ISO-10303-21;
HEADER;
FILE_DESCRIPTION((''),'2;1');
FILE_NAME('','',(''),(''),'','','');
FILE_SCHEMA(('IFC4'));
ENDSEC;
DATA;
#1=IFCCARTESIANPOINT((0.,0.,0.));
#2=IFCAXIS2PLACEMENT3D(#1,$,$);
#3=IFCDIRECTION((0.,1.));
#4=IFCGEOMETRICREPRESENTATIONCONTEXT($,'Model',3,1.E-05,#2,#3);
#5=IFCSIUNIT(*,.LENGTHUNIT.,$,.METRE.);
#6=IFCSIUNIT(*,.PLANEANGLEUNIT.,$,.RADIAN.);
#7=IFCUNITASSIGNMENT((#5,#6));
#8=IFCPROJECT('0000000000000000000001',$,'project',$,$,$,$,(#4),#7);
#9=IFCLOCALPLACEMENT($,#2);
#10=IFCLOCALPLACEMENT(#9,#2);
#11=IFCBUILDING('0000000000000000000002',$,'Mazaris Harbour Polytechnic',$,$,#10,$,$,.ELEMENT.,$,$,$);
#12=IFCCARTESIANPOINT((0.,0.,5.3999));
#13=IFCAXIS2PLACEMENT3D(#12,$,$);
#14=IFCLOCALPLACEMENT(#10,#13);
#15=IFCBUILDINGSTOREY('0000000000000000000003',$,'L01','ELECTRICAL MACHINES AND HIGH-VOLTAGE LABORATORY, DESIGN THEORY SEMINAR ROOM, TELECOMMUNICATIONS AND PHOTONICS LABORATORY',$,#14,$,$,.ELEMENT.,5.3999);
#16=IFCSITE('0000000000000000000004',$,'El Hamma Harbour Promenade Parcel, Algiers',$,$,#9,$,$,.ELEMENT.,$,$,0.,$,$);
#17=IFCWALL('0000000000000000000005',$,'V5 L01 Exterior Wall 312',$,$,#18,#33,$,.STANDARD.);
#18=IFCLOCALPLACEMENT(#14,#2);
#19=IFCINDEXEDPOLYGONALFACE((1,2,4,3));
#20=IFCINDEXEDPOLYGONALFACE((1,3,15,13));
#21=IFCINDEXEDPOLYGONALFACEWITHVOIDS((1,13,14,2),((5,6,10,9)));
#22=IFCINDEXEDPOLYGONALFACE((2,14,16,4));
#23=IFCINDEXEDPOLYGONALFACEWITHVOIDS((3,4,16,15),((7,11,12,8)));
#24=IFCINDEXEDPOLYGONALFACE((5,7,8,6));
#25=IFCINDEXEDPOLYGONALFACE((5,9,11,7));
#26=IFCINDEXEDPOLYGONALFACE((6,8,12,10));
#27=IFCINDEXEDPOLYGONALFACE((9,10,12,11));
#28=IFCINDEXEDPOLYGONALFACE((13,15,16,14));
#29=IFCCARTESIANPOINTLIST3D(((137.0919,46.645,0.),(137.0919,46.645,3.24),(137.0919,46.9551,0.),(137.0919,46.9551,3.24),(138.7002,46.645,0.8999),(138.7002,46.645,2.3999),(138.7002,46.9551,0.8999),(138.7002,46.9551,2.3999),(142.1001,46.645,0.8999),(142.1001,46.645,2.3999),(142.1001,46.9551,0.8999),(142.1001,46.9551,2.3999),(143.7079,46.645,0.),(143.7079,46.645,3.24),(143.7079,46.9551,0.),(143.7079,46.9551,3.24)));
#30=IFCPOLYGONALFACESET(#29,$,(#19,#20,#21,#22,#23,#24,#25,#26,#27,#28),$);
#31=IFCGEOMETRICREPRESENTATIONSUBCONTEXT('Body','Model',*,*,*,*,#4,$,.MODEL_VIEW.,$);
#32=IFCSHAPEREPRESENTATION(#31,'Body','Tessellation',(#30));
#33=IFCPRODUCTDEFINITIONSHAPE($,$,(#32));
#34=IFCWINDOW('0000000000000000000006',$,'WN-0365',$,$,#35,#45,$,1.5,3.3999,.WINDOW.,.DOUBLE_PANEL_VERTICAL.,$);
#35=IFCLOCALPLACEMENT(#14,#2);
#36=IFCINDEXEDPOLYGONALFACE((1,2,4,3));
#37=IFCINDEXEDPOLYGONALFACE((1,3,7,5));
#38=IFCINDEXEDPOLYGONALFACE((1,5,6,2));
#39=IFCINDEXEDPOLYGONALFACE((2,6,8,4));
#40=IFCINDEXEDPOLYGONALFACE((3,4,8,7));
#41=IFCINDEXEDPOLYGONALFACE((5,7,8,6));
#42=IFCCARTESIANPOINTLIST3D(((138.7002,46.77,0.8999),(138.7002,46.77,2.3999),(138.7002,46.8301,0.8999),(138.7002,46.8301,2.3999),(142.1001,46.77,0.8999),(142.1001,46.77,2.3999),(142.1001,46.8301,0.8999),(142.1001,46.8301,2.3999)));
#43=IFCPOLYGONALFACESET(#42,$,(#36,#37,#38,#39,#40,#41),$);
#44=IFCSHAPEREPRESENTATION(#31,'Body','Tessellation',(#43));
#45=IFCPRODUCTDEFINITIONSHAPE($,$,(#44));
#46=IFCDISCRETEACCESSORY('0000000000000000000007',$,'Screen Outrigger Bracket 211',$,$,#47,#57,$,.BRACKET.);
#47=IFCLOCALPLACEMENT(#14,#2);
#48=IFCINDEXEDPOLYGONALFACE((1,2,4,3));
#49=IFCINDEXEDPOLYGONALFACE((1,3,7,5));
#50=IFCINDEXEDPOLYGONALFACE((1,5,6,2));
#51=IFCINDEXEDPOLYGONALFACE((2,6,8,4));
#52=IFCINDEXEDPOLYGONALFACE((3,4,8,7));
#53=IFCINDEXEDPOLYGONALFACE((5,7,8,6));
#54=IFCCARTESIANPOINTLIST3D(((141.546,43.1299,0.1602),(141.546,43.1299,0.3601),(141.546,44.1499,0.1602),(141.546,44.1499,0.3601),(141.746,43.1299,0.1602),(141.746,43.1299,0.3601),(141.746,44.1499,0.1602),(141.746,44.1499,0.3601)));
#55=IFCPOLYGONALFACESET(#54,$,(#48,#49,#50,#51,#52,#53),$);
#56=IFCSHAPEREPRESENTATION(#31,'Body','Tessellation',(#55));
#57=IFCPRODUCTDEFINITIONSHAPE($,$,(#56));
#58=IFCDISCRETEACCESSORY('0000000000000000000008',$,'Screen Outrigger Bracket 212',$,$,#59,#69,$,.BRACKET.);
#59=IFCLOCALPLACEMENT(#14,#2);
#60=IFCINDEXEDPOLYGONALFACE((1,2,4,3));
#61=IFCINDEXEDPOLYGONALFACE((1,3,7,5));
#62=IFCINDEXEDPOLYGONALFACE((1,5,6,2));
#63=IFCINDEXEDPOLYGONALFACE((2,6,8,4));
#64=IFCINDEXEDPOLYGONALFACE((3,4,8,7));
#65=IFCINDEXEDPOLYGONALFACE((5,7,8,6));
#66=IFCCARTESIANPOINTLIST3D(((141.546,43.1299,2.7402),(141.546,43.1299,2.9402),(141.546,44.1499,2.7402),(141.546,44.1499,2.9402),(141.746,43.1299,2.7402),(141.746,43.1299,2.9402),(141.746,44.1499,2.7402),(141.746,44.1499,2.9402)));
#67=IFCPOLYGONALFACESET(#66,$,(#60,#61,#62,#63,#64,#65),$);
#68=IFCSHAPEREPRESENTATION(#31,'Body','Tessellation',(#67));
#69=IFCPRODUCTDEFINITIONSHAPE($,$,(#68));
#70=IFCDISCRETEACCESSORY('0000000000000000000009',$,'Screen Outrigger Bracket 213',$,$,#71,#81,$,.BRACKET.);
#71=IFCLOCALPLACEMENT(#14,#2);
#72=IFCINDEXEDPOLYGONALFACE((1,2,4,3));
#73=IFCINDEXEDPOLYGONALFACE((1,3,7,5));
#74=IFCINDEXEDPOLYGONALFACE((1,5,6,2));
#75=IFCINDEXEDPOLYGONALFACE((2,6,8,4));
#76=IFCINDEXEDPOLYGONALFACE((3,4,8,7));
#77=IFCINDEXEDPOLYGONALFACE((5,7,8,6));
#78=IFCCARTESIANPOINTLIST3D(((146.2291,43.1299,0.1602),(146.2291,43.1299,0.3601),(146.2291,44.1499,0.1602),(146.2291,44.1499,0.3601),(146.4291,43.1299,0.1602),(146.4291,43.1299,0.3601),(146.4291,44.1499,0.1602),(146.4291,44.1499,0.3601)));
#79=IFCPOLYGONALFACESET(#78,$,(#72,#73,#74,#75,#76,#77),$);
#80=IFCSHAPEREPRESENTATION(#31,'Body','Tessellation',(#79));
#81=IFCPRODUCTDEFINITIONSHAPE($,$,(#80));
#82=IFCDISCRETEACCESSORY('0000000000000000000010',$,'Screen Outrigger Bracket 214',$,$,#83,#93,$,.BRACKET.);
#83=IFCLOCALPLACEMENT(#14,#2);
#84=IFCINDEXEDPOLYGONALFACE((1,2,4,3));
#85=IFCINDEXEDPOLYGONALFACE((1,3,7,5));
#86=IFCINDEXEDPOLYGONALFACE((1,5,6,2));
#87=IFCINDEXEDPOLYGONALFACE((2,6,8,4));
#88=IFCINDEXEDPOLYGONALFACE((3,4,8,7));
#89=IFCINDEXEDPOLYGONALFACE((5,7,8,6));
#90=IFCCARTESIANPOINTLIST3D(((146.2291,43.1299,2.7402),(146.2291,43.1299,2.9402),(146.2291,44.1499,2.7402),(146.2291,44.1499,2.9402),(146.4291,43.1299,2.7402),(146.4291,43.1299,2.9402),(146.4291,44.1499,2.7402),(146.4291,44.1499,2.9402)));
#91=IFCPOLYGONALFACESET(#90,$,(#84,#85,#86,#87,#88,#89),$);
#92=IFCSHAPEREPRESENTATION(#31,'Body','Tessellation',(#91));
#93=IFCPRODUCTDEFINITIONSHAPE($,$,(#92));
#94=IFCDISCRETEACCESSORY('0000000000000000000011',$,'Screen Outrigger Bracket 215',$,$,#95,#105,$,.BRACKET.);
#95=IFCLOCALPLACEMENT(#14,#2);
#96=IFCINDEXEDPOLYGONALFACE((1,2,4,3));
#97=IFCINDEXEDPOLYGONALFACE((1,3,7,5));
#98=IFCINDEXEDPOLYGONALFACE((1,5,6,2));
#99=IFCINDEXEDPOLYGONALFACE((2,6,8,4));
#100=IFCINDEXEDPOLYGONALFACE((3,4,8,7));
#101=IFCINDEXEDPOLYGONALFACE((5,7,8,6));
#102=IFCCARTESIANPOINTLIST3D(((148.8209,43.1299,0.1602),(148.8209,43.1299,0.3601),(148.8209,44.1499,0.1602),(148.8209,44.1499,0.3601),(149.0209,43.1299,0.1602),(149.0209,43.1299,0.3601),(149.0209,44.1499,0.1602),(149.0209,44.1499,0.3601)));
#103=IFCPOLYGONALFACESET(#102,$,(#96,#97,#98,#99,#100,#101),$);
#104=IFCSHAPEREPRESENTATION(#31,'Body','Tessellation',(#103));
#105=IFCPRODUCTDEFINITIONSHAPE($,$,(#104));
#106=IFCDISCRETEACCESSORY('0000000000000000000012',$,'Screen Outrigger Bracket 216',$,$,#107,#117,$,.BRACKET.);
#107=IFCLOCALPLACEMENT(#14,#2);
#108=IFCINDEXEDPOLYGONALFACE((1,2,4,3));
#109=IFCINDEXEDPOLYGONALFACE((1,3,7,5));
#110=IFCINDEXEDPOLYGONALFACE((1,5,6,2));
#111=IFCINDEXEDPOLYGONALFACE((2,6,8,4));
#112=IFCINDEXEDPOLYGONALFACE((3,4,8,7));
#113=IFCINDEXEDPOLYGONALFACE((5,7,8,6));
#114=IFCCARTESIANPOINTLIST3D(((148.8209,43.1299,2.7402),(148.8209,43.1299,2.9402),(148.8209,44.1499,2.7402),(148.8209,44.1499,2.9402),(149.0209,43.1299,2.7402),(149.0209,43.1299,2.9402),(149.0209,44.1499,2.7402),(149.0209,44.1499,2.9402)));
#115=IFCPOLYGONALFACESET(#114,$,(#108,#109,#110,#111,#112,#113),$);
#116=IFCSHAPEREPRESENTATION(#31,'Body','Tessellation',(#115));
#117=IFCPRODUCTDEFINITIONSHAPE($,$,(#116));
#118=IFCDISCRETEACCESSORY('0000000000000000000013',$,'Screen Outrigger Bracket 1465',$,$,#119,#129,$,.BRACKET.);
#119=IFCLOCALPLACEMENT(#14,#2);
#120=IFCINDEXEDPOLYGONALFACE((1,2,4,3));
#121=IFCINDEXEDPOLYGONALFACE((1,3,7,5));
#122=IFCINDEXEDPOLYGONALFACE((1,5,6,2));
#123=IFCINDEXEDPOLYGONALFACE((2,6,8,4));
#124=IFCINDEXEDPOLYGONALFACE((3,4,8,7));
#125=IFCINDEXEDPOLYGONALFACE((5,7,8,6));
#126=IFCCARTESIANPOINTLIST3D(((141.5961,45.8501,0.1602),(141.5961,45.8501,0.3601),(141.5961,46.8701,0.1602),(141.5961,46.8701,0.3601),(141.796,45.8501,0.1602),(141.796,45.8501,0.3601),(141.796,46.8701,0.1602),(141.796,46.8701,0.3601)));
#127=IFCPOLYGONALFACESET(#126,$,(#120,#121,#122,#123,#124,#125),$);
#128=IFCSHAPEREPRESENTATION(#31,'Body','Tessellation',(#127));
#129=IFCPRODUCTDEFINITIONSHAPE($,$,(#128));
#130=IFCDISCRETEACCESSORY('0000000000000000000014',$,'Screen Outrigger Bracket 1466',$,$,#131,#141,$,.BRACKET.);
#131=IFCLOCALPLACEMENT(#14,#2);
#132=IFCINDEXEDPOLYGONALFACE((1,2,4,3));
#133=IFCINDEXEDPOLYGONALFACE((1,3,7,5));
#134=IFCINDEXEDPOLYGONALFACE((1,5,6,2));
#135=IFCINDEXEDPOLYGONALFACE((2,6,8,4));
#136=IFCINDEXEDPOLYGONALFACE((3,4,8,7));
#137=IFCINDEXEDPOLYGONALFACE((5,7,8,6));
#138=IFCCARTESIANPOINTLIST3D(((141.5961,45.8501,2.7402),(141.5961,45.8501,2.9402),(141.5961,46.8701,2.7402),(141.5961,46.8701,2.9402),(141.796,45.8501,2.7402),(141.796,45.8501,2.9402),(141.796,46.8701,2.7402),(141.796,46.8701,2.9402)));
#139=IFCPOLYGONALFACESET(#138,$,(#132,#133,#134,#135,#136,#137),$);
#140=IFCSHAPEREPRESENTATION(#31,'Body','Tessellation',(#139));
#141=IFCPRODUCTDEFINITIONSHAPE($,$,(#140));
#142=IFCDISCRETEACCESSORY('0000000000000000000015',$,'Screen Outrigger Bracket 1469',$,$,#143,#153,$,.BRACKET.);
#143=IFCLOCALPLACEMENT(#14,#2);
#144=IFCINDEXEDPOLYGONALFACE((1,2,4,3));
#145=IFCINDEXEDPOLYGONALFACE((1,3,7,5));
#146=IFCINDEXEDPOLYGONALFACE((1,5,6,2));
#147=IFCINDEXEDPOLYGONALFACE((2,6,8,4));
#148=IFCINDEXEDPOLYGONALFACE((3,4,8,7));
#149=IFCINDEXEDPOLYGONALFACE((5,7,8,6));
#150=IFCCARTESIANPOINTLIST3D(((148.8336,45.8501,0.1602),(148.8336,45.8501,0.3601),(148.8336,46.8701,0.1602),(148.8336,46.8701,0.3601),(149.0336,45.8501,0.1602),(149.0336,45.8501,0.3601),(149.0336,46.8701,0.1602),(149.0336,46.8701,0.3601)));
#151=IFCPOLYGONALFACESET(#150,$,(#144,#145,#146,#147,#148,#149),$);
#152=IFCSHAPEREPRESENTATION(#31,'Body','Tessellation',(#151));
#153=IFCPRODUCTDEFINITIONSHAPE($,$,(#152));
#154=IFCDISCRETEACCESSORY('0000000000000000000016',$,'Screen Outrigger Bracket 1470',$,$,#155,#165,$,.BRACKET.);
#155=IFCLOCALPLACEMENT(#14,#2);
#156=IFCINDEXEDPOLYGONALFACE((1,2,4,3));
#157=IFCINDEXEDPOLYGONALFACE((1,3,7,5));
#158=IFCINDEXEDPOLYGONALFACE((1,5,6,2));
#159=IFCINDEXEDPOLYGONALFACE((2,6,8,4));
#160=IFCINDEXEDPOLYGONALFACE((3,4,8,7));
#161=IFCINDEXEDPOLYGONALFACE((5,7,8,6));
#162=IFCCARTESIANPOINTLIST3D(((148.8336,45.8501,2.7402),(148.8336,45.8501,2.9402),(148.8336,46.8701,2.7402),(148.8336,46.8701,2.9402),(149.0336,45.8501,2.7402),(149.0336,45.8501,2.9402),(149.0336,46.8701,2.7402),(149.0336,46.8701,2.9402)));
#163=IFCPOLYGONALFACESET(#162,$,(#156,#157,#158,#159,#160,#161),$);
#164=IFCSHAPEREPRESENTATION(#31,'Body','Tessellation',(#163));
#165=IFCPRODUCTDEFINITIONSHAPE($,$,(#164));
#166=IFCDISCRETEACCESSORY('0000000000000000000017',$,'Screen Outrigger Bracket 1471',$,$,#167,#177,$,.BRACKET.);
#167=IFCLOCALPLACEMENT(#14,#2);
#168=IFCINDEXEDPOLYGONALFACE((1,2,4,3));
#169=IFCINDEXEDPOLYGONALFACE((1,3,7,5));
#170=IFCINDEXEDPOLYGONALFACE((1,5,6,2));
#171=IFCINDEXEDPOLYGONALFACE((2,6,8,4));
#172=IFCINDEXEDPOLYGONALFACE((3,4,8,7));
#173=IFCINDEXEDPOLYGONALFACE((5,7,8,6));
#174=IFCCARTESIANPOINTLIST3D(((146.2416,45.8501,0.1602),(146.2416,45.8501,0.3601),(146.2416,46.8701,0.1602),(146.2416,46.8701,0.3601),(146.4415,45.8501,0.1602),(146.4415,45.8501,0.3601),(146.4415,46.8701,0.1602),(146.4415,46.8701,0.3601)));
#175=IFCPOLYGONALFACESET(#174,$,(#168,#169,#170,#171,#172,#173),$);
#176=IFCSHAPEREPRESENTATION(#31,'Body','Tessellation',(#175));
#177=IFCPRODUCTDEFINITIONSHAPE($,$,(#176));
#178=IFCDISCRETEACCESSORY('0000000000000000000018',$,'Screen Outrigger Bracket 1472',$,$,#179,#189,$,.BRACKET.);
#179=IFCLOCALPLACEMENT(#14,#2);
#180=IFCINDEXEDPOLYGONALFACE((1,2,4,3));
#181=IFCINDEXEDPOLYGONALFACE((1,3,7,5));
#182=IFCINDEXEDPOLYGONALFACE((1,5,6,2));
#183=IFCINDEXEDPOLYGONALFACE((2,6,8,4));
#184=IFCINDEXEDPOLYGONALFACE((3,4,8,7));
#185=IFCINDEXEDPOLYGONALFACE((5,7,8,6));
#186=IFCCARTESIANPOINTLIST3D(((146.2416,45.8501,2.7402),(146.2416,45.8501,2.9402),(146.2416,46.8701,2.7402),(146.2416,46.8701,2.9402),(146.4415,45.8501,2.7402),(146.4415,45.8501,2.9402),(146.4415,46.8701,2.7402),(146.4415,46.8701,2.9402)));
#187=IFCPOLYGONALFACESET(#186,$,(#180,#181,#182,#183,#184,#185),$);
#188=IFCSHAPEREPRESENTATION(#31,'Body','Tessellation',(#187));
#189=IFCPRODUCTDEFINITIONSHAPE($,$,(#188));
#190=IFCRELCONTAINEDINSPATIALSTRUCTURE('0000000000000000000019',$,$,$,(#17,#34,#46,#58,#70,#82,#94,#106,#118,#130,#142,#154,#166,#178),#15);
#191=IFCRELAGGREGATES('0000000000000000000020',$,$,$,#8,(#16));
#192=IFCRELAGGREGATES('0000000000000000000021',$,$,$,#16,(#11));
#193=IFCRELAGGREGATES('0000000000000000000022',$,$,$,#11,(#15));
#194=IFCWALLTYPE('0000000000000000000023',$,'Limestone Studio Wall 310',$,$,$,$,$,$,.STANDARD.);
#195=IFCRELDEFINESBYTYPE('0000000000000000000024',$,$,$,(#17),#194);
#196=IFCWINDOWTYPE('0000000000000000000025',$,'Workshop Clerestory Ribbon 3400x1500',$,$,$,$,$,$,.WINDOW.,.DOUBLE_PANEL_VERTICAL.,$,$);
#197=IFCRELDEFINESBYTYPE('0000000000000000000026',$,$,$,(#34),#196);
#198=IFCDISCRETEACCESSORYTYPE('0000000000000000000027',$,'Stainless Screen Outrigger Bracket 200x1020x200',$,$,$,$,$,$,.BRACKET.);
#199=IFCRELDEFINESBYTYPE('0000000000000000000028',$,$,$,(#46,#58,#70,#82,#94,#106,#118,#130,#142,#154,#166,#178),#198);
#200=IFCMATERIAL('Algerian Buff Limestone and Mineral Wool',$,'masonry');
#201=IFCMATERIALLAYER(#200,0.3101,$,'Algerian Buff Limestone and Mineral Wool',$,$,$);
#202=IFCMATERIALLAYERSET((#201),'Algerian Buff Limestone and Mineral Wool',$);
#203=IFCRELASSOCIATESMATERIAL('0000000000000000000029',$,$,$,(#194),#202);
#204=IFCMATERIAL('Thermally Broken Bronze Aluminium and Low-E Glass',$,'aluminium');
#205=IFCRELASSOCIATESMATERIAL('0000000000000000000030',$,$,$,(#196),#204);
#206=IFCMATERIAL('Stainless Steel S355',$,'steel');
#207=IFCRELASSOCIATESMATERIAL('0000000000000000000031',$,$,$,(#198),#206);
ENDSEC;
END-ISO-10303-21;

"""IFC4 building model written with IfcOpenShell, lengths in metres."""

from ifc_helpers import new_model, si_unit, direction, frame, frame_2d, origin, origin_2d, place, context, subcontext, project, spatial, rectangle, extrude, material, layer, layer_set, type_object, element, fill, save


model = new_model("IFC4")

# Units and contexts
model_context = context("Model", 3, precision=1e-05, world=origin(), true_north=direction((0.0, 1.0)))
body_context = subcontext(model_context, "Body", "Model", "MODEL_VIEW")
ifc_project = project(units=[si_unit("LENGTHUNIT", "METRE"), si_unit("PLANEANGLEUNIT", "RADIAN")], contexts=[model_context])

# Site, building, storey
site_placement = place(None, origin())
site = spatial("IfcSite", under=ifc_project, at=site_placement, Name="El Hamma Harbour Promenade Parcel, Algiers", CompositionType="ELEMENT", RefElevation=0.0)
building_placement = place(site_placement, origin())
building = spatial("IfcBuilding", under=site, at=building_placement, Name="Mazaris Harbour Polytechnic", CompositionType="ELEMENT")
storey_placement = place(building_placement, frame((0.0, 0.0, 5.3999)))
storey = spatial("IfcBuildingStorey", under=building, at=storey_placement, Name="L01", Description="ELECTRICAL MACHINES AND HIGH-VOLTAGE LABORATORY, DESIGN THEORY SEMINAR ROOM, TELECOMMUNICATIONS AND PHOTONICS LABORATORY", CompositionType="ELEMENT", Elevation=5.3999)

# Wall, opening, window
ifc_material_1 = material(Name="Algerian Buff Limestone and Mineral Wool", Category="masonry")
ifc_layer = layer(ifc_material_1, 0.3101, Name="Algerian Buff Limestone and Mineral Wool")
ifc_layer_set = layer_set([ifc_layer], Name="Algerian Buff Limestone and Mineral Wool")
wall_type = type_object("IfcWallType", Name="Limestone Studio Wall 310", PredefinedType="STANDARD", material=ifc_layer_set)
wall_placement = place(storey_placement, frame((143.708, 46.8, 0.0), z_axis=(0.0, 0.0, 1.0), x_axis=(-1.0, 0.0, 0.0)))
wall = element("IfcWall", 1, at=wall_placement, inside=storey, type_object=wall_type, Name="V5 L01 Exterior Wall 312", PredefinedType="STANDARD", context=body_context, shape_type="SweptSolid", body=[
    extrude(rectangle(XDim=6.616, YDim=0.3101, at=frame_2d((3.3081, 0.0))), origin(), (0.0, 0.0, 1.0), 3.24),
])
opening_placement = place(wall_placement, frame((1.6079, 0.0, 0.8999)))
opening = element("IfcOpeningElement", 2, at=opening_placement, cuts=wall, PredefinedType="OPENING", context=body_context, shape_type="SweptSolid", body=[
    extrude(rectangle(XDim=3.3999, YDim=1.5, at=frame_2d((1.7, 0.75))), frame((0.0, 0.165, 0.0), z_axis=(0.0, -1.0, 0.0), x_axis=(1.0, 0.0, 0.0)), (0.0, 0.0, 1.0), 0.3301),
])
ifc_material_2 = material(Name="Thermally Broken Bronze Aluminium and Low-E Glass", Category="aluminium")
window_type = type_object("IfcWindowType", Name="Workshop Clerestory Ribbon 3400x1500", PartitioningType="DOUBLE_PANEL_VERTICAL", PredefinedType="WINDOW", material=ifc_material_2)
window_placement = place(opening_placement, origin())
window = element("IfcWindow", 3, at=window_placement, inside=storey, type_object=window_type, Name="WN-0365", OverallHeight=1.5, OverallWidth=3.3999, PartitioningType="DOUBLE_PANEL_VERTICAL", PredefinedType="WINDOW", context=body_context, shape_type="SweptSolid", body=[
    extrude(rectangle(XDim=3.3999, YDim=1.5, at=frame_2d((1.7, 0.75))), frame((0.0, 0.03, 0.0), z_axis=(0.0, -1.0, 0.0), x_axis=(1.0, 0.0, 0.0)), (0.0, 0.0, 1.0), 0.0601),
])
fill(opening, window)

# Discrete accessories
ifc_material_3 = material(Name="Stainless Steel S355", Category="steel")
discrete_accessory_type = type_object("IfcDiscreteAccessoryType", Name="Stainless Screen Outrigger Bracket 200x1020x200", PredefinedType="BRACKET", material=ifc_material_3)
for number, where, z_axis, x_axis, name in (
    (4, (141.646, 43.6399, 0.1602), (0.0, 0.0, 1.0), (1.0, 0.0, 0.0), "Screen Outrigger Bracket 211"),
    (5, (141.646, 43.6399, 2.7402), (0.0, 0.0, 1.0), (1.0, 0.0, 0.0), "Screen Outrigger Bracket 212"),
    (6, (146.3291, 43.6399, 0.1602), (0.0, 0.0, 1.0), (1.0, 0.0, 0.0), "Screen Outrigger Bracket 213"),
    (7, (146.3291, 43.6399, 2.7402), (0.0, 0.0, 1.0), (1.0, 0.0, 0.0), "Screen Outrigger Bracket 214"),
    (8, (148.9209, 43.6399, 0.1602), (0.0, 0.0, 1.0), (1.0, 0.0, 0.0), "Screen Outrigger Bracket 215"),
    (9, (148.9209, 43.6399, 2.7402), (0.0, 0.0, 1.0), (1.0, 0.0, 0.0), "Screen Outrigger Bracket 216"),
    (10, (141.696, 46.3601, 0.1602), (0.0, 0.0, 1.0), (-1.0, 0.0, 0.0), "Screen Outrigger Bracket 1465"),
    (11, (141.696, 46.3601, 2.7402), (0.0, 0.0, 1.0), (-1.0, 0.0, 0.0), "Screen Outrigger Bracket 1466"),
    (12, (148.9336, 46.3601, 0.1602), (0.0, 0.0, 1.0), (-1.0, 0.0, 0.0), "Screen Outrigger Bracket 1469"),
    (13, (148.9336, 46.3601, 2.7402), (0.0, 0.0, 1.0), (-1.0, 0.0, 0.0), "Screen Outrigger Bracket 1470"),
    (14, (146.3416, 46.3601, 0.1602), (0.0, 0.0, 1.0), (-1.0, 0.0, 0.0), "Screen Outrigger Bracket 1471"),
    (15, (146.3416, 46.3601, 2.7402), (0.0, 0.0, 1.0), (-1.0, 0.0, 0.0), "Screen Outrigger Bracket 1472"),
):
    element("IfcDiscreteAccessory", number, at=place(storey_placement, frame(where, z_axis=z_axis, x_axis=x_axis)), inside=storey, type_object=discrete_accessory_type, Name=name, PredefinedType="BRACKET", context=body_context, shape_type="SweptSolid", body=[
        extrude(rectangle(XDim=0.2, YDim=1.02, at=origin_2d()), origin(), (0.0, 0.0, 1.0), 0.2),
    ])

save(model, "model.ifc")
